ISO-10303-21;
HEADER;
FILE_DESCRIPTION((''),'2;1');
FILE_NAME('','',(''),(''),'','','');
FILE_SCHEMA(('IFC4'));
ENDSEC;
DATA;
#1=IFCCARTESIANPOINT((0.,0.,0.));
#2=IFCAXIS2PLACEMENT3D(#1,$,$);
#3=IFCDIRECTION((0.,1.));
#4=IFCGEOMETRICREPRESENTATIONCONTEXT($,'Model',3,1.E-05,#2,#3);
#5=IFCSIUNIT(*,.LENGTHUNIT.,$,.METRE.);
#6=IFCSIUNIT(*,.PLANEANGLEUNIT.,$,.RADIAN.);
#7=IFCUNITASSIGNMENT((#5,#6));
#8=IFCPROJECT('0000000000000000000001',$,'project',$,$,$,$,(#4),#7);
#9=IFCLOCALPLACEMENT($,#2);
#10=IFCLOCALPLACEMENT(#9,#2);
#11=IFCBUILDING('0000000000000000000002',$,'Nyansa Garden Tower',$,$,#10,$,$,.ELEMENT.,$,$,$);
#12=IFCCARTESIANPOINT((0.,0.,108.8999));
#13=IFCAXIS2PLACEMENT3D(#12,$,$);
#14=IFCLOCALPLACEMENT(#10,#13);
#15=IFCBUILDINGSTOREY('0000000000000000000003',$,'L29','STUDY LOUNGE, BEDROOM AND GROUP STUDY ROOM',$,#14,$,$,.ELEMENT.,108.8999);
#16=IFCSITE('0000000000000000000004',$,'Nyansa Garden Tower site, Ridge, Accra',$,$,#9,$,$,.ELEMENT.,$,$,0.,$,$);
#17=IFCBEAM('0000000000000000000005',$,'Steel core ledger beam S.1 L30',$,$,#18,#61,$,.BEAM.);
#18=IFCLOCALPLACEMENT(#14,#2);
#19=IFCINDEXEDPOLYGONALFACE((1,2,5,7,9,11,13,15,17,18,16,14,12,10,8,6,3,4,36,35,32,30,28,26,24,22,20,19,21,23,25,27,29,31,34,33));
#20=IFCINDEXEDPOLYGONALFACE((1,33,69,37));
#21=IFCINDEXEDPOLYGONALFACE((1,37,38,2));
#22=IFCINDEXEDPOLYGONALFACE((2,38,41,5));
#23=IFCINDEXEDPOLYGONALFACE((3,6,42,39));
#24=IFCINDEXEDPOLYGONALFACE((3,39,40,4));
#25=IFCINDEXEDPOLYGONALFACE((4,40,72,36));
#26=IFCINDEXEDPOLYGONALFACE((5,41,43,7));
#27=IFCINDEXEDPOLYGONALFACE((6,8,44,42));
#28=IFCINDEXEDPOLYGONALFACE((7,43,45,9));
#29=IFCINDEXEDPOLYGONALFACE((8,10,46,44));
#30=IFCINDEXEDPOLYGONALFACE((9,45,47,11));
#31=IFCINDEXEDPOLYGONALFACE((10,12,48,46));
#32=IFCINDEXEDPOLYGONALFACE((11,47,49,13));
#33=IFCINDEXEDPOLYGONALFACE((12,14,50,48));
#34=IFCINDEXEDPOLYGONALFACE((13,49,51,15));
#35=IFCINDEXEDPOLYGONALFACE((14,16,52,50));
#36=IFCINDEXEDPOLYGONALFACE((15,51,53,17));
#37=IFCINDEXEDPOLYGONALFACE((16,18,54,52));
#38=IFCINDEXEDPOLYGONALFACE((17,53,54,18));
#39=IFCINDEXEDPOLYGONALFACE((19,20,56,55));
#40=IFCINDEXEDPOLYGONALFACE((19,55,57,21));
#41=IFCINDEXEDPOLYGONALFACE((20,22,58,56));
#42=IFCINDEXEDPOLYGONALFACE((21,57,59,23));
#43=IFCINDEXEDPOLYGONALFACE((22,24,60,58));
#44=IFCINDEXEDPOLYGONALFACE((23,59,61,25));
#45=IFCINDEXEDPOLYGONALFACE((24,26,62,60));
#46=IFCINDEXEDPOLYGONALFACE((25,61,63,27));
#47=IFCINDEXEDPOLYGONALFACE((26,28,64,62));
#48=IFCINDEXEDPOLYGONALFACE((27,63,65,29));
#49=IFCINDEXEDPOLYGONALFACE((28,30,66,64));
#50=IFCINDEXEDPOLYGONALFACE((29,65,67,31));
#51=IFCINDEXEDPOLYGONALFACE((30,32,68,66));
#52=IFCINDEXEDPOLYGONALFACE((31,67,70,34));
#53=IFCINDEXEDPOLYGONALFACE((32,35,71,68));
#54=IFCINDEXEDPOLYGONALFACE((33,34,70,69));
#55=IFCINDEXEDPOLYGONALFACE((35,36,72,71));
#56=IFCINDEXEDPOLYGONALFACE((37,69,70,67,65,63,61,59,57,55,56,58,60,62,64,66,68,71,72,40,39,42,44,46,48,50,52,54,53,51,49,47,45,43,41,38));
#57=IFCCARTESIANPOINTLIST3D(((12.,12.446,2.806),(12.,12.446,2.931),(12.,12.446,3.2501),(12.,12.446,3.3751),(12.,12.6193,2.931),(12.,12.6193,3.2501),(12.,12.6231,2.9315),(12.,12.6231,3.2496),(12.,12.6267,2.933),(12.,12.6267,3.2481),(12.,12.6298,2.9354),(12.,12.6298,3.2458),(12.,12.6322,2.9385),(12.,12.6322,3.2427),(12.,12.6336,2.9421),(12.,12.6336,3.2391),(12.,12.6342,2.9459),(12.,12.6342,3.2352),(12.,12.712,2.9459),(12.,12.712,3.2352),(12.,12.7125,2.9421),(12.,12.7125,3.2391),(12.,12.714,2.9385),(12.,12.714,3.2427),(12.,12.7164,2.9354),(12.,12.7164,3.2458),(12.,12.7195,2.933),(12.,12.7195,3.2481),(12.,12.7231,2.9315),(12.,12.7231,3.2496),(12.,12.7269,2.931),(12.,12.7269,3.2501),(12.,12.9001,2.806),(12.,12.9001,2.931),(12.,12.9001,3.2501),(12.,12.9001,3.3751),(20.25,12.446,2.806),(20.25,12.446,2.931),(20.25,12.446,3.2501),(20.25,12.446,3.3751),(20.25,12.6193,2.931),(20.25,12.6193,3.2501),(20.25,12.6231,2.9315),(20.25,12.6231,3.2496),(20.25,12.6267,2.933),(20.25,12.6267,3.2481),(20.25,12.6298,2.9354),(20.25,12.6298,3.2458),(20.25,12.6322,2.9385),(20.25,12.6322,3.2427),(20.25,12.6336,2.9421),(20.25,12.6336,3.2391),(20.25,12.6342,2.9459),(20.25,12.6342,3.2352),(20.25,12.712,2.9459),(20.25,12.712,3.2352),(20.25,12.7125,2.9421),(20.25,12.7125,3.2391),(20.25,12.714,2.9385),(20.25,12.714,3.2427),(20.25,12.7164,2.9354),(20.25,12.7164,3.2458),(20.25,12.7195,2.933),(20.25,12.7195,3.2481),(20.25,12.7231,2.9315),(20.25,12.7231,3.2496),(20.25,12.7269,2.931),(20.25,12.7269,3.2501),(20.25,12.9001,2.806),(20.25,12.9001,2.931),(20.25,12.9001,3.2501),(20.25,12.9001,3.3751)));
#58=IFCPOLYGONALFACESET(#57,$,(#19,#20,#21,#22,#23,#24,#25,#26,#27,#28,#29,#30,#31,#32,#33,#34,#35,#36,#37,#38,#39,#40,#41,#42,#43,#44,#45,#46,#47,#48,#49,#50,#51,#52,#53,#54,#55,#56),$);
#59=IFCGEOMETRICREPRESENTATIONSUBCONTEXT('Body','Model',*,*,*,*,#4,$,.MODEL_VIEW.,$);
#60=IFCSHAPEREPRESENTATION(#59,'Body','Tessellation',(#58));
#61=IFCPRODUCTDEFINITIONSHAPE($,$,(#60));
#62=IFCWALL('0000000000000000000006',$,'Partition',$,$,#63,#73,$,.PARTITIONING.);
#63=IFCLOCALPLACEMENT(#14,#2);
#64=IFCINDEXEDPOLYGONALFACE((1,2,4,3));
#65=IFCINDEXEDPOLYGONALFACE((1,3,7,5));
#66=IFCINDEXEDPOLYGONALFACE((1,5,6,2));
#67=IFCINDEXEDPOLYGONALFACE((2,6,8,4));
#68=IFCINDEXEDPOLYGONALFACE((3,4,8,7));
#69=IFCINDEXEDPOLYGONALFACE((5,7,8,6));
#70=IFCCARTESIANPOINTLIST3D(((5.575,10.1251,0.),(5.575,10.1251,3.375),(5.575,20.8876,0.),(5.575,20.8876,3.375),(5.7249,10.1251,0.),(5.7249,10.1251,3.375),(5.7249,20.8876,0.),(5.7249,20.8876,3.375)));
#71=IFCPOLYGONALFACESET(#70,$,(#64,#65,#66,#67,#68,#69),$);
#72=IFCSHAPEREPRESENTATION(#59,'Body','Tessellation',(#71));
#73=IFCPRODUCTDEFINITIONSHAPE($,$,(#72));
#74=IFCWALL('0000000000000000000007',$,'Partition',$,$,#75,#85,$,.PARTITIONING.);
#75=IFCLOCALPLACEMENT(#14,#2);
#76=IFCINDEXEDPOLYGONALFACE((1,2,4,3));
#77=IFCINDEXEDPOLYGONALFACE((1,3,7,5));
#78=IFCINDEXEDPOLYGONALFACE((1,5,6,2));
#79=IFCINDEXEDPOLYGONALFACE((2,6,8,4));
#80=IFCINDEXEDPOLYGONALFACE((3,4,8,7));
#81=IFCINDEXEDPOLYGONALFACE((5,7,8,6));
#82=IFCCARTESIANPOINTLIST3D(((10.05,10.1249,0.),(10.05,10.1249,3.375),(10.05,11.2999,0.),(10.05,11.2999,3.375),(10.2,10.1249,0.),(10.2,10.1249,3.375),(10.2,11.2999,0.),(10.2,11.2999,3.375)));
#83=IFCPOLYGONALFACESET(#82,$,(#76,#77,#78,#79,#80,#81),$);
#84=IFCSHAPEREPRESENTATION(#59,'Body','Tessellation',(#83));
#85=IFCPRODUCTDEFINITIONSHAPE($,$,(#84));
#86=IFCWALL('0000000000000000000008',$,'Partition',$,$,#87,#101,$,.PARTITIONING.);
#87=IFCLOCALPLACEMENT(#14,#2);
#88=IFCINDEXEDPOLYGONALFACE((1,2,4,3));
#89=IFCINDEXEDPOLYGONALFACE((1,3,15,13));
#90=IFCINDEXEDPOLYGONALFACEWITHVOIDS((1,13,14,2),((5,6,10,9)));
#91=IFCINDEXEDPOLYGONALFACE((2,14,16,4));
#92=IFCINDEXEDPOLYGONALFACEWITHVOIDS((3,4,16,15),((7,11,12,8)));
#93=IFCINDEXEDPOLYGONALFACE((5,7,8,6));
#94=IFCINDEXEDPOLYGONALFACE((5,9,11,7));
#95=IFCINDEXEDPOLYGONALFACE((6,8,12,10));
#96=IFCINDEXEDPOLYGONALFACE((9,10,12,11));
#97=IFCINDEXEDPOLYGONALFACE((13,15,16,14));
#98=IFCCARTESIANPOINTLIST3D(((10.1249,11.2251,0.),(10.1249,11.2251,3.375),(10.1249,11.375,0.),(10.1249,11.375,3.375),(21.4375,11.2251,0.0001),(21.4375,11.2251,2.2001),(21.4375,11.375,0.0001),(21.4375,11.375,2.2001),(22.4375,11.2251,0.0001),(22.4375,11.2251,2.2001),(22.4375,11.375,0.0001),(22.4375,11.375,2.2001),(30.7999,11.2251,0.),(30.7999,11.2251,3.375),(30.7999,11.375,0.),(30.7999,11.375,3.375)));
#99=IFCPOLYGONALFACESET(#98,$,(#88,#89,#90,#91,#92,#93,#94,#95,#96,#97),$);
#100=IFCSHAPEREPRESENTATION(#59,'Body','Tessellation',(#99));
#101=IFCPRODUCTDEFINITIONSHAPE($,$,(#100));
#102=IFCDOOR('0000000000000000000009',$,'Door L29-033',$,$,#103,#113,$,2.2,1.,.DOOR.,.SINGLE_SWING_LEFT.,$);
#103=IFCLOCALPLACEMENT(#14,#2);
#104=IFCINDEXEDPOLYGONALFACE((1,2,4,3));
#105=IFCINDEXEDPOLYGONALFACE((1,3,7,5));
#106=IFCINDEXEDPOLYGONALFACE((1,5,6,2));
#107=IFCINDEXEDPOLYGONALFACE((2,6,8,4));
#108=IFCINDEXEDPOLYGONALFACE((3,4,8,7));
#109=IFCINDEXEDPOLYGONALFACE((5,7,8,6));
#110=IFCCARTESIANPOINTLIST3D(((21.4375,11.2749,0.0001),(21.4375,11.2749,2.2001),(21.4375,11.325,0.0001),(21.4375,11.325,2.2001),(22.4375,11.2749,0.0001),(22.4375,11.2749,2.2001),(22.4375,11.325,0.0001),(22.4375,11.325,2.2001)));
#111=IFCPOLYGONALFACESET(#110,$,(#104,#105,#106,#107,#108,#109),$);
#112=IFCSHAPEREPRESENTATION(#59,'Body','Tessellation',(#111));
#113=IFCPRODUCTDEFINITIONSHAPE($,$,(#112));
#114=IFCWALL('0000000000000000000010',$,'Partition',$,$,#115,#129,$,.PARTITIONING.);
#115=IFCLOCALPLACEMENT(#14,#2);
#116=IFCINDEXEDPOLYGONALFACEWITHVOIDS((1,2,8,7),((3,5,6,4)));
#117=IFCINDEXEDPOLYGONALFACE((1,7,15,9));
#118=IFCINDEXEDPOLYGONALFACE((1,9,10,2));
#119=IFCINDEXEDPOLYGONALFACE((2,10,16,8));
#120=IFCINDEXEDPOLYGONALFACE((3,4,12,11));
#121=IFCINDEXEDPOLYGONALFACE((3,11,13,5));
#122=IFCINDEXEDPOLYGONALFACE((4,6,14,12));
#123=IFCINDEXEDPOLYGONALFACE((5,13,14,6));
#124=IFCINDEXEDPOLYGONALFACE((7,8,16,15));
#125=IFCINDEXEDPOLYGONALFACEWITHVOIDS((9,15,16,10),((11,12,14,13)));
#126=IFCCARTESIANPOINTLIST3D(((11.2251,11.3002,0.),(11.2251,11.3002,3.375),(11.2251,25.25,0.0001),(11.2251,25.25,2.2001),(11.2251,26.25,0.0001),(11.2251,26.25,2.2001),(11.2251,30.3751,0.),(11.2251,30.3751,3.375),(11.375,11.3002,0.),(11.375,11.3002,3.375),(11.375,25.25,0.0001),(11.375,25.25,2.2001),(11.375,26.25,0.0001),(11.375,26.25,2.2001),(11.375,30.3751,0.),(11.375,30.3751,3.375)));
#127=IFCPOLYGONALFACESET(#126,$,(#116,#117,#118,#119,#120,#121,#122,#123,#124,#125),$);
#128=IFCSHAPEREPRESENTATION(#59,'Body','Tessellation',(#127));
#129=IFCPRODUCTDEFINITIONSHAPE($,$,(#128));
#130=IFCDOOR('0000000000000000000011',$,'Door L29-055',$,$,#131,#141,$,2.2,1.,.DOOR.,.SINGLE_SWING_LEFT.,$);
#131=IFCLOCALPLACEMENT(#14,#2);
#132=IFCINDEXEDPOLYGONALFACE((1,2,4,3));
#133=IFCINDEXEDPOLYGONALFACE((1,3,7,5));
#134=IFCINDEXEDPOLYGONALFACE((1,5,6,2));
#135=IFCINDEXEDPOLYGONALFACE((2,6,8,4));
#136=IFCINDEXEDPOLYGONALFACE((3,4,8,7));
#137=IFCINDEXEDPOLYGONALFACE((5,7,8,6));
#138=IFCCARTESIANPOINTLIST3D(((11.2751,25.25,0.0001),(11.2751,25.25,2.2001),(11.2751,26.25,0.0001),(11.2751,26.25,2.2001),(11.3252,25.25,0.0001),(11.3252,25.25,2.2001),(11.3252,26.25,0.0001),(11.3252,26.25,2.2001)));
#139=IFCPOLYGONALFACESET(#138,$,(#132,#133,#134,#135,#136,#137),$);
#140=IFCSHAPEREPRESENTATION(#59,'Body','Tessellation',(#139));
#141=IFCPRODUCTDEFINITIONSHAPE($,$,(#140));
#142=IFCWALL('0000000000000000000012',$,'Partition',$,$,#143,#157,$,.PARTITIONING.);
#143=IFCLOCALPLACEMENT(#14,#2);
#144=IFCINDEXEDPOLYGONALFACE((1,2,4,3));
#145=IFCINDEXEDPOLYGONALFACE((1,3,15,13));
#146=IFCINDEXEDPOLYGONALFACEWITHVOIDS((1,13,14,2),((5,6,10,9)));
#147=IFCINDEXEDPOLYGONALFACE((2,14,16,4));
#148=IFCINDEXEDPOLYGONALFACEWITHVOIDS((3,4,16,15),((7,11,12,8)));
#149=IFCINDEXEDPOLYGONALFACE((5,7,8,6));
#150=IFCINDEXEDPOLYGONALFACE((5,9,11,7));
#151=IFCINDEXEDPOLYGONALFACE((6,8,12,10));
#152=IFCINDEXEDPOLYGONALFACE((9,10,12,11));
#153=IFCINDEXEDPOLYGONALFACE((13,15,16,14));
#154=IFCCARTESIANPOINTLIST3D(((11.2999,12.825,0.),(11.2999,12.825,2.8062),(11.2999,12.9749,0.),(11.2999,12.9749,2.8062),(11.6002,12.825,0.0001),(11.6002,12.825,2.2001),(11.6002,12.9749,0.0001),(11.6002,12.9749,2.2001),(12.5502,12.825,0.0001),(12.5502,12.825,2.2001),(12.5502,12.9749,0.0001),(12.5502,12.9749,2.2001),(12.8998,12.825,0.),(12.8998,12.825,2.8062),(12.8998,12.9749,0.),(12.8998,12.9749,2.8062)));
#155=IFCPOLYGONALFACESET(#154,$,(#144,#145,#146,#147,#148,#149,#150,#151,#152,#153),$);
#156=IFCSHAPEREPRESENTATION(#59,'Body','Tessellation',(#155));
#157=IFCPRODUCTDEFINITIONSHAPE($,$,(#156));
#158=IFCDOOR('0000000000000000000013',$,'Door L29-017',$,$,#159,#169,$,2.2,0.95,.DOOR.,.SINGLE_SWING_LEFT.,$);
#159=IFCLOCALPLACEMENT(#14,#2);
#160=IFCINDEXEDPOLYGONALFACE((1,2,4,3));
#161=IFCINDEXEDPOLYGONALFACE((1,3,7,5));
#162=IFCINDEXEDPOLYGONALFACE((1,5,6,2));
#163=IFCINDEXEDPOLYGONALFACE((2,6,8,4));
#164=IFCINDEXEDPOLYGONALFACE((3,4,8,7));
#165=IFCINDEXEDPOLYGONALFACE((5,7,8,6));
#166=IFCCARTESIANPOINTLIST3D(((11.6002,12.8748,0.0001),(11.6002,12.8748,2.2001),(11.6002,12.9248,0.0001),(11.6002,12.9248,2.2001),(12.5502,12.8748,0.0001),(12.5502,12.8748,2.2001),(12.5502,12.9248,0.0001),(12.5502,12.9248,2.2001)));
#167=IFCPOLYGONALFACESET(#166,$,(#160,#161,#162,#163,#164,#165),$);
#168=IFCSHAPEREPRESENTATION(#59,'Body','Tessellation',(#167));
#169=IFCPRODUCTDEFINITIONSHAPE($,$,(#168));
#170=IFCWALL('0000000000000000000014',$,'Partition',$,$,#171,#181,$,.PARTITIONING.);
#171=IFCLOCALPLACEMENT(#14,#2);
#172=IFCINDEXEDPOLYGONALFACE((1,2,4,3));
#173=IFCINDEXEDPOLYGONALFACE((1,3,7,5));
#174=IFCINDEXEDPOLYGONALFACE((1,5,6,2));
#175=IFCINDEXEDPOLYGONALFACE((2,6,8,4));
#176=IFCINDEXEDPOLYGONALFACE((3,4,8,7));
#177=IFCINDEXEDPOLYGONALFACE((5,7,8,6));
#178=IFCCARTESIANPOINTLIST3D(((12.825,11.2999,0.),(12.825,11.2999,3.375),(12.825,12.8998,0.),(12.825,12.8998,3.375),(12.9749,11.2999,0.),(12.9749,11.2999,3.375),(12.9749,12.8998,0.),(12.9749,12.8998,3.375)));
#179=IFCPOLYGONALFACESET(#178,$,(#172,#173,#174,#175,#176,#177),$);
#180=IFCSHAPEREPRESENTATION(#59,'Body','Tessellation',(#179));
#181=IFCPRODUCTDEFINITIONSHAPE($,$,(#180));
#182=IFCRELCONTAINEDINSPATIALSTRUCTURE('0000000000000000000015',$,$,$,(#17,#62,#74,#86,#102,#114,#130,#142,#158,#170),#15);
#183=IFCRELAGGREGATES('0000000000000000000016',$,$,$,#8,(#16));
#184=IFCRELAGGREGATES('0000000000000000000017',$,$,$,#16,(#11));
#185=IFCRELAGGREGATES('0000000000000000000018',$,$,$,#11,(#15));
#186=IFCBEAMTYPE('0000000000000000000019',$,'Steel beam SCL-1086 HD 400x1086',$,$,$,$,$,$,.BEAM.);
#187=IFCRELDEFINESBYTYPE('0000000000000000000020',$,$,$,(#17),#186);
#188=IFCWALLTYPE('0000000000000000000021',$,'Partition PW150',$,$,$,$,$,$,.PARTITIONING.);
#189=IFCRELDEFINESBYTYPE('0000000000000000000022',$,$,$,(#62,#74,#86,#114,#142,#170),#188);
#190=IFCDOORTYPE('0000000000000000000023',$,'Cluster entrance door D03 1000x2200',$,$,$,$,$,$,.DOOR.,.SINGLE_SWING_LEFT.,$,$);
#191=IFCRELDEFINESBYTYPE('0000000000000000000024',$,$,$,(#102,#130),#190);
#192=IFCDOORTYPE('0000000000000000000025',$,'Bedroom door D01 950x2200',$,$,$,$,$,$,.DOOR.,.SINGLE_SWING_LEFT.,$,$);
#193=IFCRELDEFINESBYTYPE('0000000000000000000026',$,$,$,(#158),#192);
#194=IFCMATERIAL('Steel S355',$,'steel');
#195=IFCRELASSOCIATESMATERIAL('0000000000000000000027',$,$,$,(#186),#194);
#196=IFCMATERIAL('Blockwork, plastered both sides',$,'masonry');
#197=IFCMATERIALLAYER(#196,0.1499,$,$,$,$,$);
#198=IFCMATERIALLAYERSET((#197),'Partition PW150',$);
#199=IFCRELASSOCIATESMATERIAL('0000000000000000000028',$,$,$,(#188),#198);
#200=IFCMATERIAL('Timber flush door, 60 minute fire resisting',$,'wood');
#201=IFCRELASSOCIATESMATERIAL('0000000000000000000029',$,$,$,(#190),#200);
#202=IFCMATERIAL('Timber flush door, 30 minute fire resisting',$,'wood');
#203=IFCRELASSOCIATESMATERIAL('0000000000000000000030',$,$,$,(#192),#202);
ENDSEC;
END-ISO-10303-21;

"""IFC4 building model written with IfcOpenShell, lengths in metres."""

from ifc_helpers import new_model, si_unit, direction, frame, frame_2d, origin, origin_2d, place, context, subcontext, project, spatial, rectangle, i_section, extrude, material, layer, layer_set, material_profile, profile_set, type_object, element, fill, save


model = new_model("IFC4")

# Units and contexts
model_context = context("Model", 3, precision=1e-05, world=origin(), true_north=direction((0.0, 1.0)))
body_context = subcontext(model_context, "Body", "Model", "MODEL_VIEW")
ifc_project = project(units=[si_unit("LENGTHUNIT", "METRE"), si_unit("PLANEANGLEUNIT", "RADIAN")], contexts=[model_context])

# Site, building, storey
site_placement = place(None, origin())
site = spatial("IfcSite", under=ifc_project, at=site_placement, Name="Nyansa Garden Tower site, Ridge, Accra", CompositionType="ELEMENT", RefElevation=0.0)
building_placement = place(site_placement, origin())
building = spatial("IfcBuilding", under=site, at=building_placement, Name="Nyansa Garden Tower", CompositionType="ELEMENT")
storey_placement = place(building_placement, frame((0.0, 0.0, 108.8999)))
storey = spatial("IfcBuildingStorey", under=building, at=storey_placement, Name="L29", Description="STUDY LOUNGE, BEDROOM AND GROUP STUDY ROOM", CompositionType="ELEMENT", Elevation=108.8999)

# Beam
ifc_material_1 = material(Name="Steel S355", Category="steel")
ifc_material_profile_1 = material_profile(ifc_material_1, i_section(OverallWidth=0.4541, OverallDepth=0.5691, WebThickness=0.0779, FlangeThickness=0.125, FilletRadius=0.0149, at=origin_2d()), Name="HD 400x1086")
ifc_profile_set_1 = profile_set([ifc_material_profile_1], Name="Steel S355")
beam_type_1 = type_object("IfcBeamType", Name="Steel beam SCL-1086 HD 400x1086", PredefinedType="BEAM", material=ifc_profile_set_1)
beam_1_placement = place(storey_placement, frame((12.0, 12.6731, 3.0906), z_axis=(1.0, 0.0, 0.0), x_axis=(0.0, 1.0, 0.0)))
element("IfcBeam", 1, at=beam_1_placement, inside=storey, type_object=beam_type_1, Name="Steel core ledger beam S.1 L30", PredefinedType="BEAM", context=body_context, shape_type="SweptSolid", body=[
    extrude(i_section(OverallWidth=0.4541, OverallDepth=0.5691, WebThickness=0.0779, FlangeThickness=0.125, FilletRadius=0.0149, at=origin_2d()), origin(), (0.0, 0.0, 1.0), 8.25),
])

# Walls
ifc_material_2 = material(Name="Blockwork, plastered both sides", Category="masonry")
ifc_layer = layer(ifc_material_2, 0.1499)
ifc_layer_set = layer_set([ifc_layer], Name="Partition PW150")
wall_type = type_object("IfcWallType", Name="Partition PW150", PredefinedType="PARTITIONING", material=ifc_layer_set)
wall_1_placement = place(storey_placement, frame((5.6499, 10.125, 0.0), z_axis=(0.0, 0.0, 1.0), x_axis=(0.0, 1.0, 0.0)))
element("IfcWall", 2, at=wall_1_placement, inside=storey, type_object=wall_type, Name="Partition", PredefinedType="PARTITIONING", context=body_context, shape_type="SweptSolid", body=[
    extrude(rectangle(XDim=10.7625, YDim=0.1499, at=frame_2d((5.3813, 0.0))), origin(), (0.0, 0.0, 1.0), 3.375),
])
wall_2_placement = place(storey_placement, frame((10.125, 10.125, 0.0), z_axis=(0.0, 0.0, 1.0), x_axis=(0.0, 1.0, 0.0)))
element("IfcWall", 3, at=wall_2_placement, inside=storey, type_object=wall_type, Name="Partition", PredefinedType="PARTITIONING", context=body_context, shape_type="SweptSolid", body=[
    extrude(rectangle(XDim=1.175, YDim=0.1499, at=frame_2d((0.5874, 0.0))), origin(), (0.0, 0.0, 1.0), 3.375),
])

# Walls, openings, doors
wall_3_placement = place(storey_placement, frame((10.125, 11.3, 0.0), z_axis=(0.0, 0.0, 1.0), x_axis=(1.0, 0.0, 0.0)))
wall_3 = element("IfcWall", 4, at=wall_3_placement, inside=storey, type_object=wall_type, Name="Partition", PredefinedType="PARTITIONING", context=body_context, shape_type="SweptSolid", body=[
    extrude(rectangle(XDim=20.675, YDim=0.1499, at=frame_2d((10.3374, 0.0))), origin(), (0.0, 0.0, 1.0), 3.375),
])
opening_1_placement = place(wall_3_placement, frame((11.3125, 0.0, 0.0)))
opening_1 = element("IfcOpeningElement", 5, at=opening_1_placement, cuts=wall_3, PredefinedType="OPENING", context=body_context, shape_type="SweptSolid", body=[
    extrude(rectangle(XDim=1.0, YDim=2.2, at=frame_2d((0.5, 1.1001))), frame((0.0, 0.085, 0.0), z_axis=(0.0, -1.0, 0.0), x_axis=(1.0, 0.0, 0.0)), (0.0, 0.0, 1.0), 0.1699),
])
ifc_material_3 = material(Name="Timber flush door, 60 minute fire resisting", Category="wood")
door_type_1 = type_object("IfcDoorType", Name="Cluster entrance door D03 1000x2200", OperationType="SINGLE_SWING_LEFT", PredefinedType="DOOR", material=ifc_material_3)
door_1_placement = place(opening_1_placement, origin())
door_1 = element("IfcDoor", 6, at=door_1_placement, inside=storey, type_object=door_type_1, Name="Door L29-033", OperationType="SINGLE_SWING_LEFT", OverallHeight=2.2, OverallWidth=1.0, PredefinedType="DOOR", context=body_context, shape_type="SweptSolid", body=[
    extrude(rectangle(XDim=1.0, YDim=2.2, at=frame_2d((0.5, 1.1001))), frame((0.0, 0.0249, 0.0), z_axis=(0.0, -1.0, 0.0), x_axis=(1.0, 0.0, 0.0)), (0.0, 0.0, 1.0), 0.05),
])
fill(opening_1, door_1)
wall_4_placement = place(storey_placement, frame((11.3, 11.3, 0.0), z_axis=(0.0, 0.0, 1.0), x_axis=(0.0, 1.0, 0.0)))
wall_4 = element("IfcWall", 7, at=wall_4_placement, inside=storey, type_object=wall_type, Name="Partition", PredefinedType="PARTITIONING", context=body_context, shape_type="SweptSolid", body=[
    extrude(rectangle(XDim=19.075, YDim=0.1499, at=frame_2d((9.5376, 0.0))), origin(), (0.0, 0.0, 1.0), 3.375),
])
opening_2_placement = place(wall_4_placement, frame((13.95, 0.0, 0.0)))
opening_2 = element("IfcOpeningElement", 8, at=opening_2_placement, cuts=wall_4, PredefinedType="OPENING", context=body_context, shape_type="SweptSolid", body=[
    extrude(rectangle(XDim=1.0, YDim=2.2, at=frame_2d((0.5, 1.1001))), frame((0.0, 0.085, 0.0), z_axis=(0.0, -1.0, 0.0), x_axis=(1.0, 0.0, 0.0)), (0.0, 0.0, 1.0), 0.1699),
])
door_2_placement = place(opening_2_placement, origin())
door_2 = element("IfcDoor", 9, at=door_2_placement, inside=storey, type_object=door_type_1, Name="Door L29-055", OperationType="SINGLE_SWING_LEFT", OverallHeight=2.2, OverallWidth=1.0, PredefinedType="DOOR", context=body_context, shape_type="SweptSolid", body=[
    extrude(rectangle(XDim=1.0, YDim=2.2, at=frame_2d((0.5, 1.1001))), frame((0.0, 0.0249, 0.0), z_axis=(0.0, -1.0, 0.0), x_axis=(1.0, 0.0, 0.0)), (0.0, 0.0, 1.0), 0.05),
])
fill(opening_2, door_2)
wall_5_placement = place(storey_placement, frame((11.3, 12.8999, 0.0), z_axis=(0.0, 0.0, 1.0), x_axis=(1.0, 0.0, 0.0)))
wall_5 = element("IfcWall", 10, at=wall_5_placement, inside=storey, type_object=wall_type, Name="Partition", PredefinedType="PARTITIONING", context=body_context, shape_type="SweptSolid", body=[
    extrude(rectangle(XDim=1.5999, YDim=0.1499, at=frame_2d((0.7998, 0.0))), origin(), (0.0, 0.0, 1.0), 2.8062),
])
opening_3_placement = place(wall_5_placement, frame((0.3, 0.0, 0.0)))
opening_3 = element("IfcOpeningElement", 11, at=opening_3_placement, cuts=wall_5, PredefinedType="OPENING", context=body_context, shape_type="SweptSolid", body=[
    extrude(rectangle(XDim=0.95, YDim=2.2, at=frame_2d((0.4751, 1.1001))), frame((0.0, 0.085, 0.0), z_axis=(0.0, -1.0, 0.0), x_axis=(1.0, 0.0, 0.0)), (0.0, 0.0, 1.0), 0.1699),
])
ifc_material_4 = material(Name="Timber flush door, 30 minute fire resisting", Category="wood")
door_type_2 = type_object("IfcDoorType", Name="Bedroom door D01 950x2200", OperationType="SINGLE_SWING_LEFT", PredefinedType="DOOR", material=ifc_material_4)
door_3_placement = place(opening_3_placement, origin())
door_3 = element("IfcDoor", 12, at=door_3_placement, inside=storey, type_object=door_type_2, Name="Door L29-017", OperationType="SINGLE_SWING_LEFT", OverallHeight=2.2, OverallWidth=0.95, PredefinedType="DOOR", context=body_context, shape_type="SweptSolid", body=[
    extrude(rectangle(XDim=0.95, YDim=2.2, at=frame_2d((0.4751, 1.1001))), frame((0.0, 0.0249, 0.0), z_axis=(0.0, -1.0, 0.0), x_axis=(1.0, 0.0, 0.0)), (0.0, 0.0, 1.0), 0.05),
])
fill(opening_3, door_3)

# Wall
wall_6_placement = place(storey_placement, frame((12.8999, 11.3, 0.0), z_axis=(0.0, 0.0, 1.0), x_axis=(0.0, 1.0, 0.0)))
element("IfcWall", 13, at=wall_6_placement, inside=storey, type_object=wall_type, Name="Partition", PredefinedType="PARTITIONING", context=body_context, shape_type="SweptSolid", body=[
    extrude(rectangle(XDim=1.5999, YDim=0.1499, at=frame_2d((0.7998, 0.0))), origin(), (0.0, 0.0, 1.0), 3.375),
])

save(model, "model.ifc")
